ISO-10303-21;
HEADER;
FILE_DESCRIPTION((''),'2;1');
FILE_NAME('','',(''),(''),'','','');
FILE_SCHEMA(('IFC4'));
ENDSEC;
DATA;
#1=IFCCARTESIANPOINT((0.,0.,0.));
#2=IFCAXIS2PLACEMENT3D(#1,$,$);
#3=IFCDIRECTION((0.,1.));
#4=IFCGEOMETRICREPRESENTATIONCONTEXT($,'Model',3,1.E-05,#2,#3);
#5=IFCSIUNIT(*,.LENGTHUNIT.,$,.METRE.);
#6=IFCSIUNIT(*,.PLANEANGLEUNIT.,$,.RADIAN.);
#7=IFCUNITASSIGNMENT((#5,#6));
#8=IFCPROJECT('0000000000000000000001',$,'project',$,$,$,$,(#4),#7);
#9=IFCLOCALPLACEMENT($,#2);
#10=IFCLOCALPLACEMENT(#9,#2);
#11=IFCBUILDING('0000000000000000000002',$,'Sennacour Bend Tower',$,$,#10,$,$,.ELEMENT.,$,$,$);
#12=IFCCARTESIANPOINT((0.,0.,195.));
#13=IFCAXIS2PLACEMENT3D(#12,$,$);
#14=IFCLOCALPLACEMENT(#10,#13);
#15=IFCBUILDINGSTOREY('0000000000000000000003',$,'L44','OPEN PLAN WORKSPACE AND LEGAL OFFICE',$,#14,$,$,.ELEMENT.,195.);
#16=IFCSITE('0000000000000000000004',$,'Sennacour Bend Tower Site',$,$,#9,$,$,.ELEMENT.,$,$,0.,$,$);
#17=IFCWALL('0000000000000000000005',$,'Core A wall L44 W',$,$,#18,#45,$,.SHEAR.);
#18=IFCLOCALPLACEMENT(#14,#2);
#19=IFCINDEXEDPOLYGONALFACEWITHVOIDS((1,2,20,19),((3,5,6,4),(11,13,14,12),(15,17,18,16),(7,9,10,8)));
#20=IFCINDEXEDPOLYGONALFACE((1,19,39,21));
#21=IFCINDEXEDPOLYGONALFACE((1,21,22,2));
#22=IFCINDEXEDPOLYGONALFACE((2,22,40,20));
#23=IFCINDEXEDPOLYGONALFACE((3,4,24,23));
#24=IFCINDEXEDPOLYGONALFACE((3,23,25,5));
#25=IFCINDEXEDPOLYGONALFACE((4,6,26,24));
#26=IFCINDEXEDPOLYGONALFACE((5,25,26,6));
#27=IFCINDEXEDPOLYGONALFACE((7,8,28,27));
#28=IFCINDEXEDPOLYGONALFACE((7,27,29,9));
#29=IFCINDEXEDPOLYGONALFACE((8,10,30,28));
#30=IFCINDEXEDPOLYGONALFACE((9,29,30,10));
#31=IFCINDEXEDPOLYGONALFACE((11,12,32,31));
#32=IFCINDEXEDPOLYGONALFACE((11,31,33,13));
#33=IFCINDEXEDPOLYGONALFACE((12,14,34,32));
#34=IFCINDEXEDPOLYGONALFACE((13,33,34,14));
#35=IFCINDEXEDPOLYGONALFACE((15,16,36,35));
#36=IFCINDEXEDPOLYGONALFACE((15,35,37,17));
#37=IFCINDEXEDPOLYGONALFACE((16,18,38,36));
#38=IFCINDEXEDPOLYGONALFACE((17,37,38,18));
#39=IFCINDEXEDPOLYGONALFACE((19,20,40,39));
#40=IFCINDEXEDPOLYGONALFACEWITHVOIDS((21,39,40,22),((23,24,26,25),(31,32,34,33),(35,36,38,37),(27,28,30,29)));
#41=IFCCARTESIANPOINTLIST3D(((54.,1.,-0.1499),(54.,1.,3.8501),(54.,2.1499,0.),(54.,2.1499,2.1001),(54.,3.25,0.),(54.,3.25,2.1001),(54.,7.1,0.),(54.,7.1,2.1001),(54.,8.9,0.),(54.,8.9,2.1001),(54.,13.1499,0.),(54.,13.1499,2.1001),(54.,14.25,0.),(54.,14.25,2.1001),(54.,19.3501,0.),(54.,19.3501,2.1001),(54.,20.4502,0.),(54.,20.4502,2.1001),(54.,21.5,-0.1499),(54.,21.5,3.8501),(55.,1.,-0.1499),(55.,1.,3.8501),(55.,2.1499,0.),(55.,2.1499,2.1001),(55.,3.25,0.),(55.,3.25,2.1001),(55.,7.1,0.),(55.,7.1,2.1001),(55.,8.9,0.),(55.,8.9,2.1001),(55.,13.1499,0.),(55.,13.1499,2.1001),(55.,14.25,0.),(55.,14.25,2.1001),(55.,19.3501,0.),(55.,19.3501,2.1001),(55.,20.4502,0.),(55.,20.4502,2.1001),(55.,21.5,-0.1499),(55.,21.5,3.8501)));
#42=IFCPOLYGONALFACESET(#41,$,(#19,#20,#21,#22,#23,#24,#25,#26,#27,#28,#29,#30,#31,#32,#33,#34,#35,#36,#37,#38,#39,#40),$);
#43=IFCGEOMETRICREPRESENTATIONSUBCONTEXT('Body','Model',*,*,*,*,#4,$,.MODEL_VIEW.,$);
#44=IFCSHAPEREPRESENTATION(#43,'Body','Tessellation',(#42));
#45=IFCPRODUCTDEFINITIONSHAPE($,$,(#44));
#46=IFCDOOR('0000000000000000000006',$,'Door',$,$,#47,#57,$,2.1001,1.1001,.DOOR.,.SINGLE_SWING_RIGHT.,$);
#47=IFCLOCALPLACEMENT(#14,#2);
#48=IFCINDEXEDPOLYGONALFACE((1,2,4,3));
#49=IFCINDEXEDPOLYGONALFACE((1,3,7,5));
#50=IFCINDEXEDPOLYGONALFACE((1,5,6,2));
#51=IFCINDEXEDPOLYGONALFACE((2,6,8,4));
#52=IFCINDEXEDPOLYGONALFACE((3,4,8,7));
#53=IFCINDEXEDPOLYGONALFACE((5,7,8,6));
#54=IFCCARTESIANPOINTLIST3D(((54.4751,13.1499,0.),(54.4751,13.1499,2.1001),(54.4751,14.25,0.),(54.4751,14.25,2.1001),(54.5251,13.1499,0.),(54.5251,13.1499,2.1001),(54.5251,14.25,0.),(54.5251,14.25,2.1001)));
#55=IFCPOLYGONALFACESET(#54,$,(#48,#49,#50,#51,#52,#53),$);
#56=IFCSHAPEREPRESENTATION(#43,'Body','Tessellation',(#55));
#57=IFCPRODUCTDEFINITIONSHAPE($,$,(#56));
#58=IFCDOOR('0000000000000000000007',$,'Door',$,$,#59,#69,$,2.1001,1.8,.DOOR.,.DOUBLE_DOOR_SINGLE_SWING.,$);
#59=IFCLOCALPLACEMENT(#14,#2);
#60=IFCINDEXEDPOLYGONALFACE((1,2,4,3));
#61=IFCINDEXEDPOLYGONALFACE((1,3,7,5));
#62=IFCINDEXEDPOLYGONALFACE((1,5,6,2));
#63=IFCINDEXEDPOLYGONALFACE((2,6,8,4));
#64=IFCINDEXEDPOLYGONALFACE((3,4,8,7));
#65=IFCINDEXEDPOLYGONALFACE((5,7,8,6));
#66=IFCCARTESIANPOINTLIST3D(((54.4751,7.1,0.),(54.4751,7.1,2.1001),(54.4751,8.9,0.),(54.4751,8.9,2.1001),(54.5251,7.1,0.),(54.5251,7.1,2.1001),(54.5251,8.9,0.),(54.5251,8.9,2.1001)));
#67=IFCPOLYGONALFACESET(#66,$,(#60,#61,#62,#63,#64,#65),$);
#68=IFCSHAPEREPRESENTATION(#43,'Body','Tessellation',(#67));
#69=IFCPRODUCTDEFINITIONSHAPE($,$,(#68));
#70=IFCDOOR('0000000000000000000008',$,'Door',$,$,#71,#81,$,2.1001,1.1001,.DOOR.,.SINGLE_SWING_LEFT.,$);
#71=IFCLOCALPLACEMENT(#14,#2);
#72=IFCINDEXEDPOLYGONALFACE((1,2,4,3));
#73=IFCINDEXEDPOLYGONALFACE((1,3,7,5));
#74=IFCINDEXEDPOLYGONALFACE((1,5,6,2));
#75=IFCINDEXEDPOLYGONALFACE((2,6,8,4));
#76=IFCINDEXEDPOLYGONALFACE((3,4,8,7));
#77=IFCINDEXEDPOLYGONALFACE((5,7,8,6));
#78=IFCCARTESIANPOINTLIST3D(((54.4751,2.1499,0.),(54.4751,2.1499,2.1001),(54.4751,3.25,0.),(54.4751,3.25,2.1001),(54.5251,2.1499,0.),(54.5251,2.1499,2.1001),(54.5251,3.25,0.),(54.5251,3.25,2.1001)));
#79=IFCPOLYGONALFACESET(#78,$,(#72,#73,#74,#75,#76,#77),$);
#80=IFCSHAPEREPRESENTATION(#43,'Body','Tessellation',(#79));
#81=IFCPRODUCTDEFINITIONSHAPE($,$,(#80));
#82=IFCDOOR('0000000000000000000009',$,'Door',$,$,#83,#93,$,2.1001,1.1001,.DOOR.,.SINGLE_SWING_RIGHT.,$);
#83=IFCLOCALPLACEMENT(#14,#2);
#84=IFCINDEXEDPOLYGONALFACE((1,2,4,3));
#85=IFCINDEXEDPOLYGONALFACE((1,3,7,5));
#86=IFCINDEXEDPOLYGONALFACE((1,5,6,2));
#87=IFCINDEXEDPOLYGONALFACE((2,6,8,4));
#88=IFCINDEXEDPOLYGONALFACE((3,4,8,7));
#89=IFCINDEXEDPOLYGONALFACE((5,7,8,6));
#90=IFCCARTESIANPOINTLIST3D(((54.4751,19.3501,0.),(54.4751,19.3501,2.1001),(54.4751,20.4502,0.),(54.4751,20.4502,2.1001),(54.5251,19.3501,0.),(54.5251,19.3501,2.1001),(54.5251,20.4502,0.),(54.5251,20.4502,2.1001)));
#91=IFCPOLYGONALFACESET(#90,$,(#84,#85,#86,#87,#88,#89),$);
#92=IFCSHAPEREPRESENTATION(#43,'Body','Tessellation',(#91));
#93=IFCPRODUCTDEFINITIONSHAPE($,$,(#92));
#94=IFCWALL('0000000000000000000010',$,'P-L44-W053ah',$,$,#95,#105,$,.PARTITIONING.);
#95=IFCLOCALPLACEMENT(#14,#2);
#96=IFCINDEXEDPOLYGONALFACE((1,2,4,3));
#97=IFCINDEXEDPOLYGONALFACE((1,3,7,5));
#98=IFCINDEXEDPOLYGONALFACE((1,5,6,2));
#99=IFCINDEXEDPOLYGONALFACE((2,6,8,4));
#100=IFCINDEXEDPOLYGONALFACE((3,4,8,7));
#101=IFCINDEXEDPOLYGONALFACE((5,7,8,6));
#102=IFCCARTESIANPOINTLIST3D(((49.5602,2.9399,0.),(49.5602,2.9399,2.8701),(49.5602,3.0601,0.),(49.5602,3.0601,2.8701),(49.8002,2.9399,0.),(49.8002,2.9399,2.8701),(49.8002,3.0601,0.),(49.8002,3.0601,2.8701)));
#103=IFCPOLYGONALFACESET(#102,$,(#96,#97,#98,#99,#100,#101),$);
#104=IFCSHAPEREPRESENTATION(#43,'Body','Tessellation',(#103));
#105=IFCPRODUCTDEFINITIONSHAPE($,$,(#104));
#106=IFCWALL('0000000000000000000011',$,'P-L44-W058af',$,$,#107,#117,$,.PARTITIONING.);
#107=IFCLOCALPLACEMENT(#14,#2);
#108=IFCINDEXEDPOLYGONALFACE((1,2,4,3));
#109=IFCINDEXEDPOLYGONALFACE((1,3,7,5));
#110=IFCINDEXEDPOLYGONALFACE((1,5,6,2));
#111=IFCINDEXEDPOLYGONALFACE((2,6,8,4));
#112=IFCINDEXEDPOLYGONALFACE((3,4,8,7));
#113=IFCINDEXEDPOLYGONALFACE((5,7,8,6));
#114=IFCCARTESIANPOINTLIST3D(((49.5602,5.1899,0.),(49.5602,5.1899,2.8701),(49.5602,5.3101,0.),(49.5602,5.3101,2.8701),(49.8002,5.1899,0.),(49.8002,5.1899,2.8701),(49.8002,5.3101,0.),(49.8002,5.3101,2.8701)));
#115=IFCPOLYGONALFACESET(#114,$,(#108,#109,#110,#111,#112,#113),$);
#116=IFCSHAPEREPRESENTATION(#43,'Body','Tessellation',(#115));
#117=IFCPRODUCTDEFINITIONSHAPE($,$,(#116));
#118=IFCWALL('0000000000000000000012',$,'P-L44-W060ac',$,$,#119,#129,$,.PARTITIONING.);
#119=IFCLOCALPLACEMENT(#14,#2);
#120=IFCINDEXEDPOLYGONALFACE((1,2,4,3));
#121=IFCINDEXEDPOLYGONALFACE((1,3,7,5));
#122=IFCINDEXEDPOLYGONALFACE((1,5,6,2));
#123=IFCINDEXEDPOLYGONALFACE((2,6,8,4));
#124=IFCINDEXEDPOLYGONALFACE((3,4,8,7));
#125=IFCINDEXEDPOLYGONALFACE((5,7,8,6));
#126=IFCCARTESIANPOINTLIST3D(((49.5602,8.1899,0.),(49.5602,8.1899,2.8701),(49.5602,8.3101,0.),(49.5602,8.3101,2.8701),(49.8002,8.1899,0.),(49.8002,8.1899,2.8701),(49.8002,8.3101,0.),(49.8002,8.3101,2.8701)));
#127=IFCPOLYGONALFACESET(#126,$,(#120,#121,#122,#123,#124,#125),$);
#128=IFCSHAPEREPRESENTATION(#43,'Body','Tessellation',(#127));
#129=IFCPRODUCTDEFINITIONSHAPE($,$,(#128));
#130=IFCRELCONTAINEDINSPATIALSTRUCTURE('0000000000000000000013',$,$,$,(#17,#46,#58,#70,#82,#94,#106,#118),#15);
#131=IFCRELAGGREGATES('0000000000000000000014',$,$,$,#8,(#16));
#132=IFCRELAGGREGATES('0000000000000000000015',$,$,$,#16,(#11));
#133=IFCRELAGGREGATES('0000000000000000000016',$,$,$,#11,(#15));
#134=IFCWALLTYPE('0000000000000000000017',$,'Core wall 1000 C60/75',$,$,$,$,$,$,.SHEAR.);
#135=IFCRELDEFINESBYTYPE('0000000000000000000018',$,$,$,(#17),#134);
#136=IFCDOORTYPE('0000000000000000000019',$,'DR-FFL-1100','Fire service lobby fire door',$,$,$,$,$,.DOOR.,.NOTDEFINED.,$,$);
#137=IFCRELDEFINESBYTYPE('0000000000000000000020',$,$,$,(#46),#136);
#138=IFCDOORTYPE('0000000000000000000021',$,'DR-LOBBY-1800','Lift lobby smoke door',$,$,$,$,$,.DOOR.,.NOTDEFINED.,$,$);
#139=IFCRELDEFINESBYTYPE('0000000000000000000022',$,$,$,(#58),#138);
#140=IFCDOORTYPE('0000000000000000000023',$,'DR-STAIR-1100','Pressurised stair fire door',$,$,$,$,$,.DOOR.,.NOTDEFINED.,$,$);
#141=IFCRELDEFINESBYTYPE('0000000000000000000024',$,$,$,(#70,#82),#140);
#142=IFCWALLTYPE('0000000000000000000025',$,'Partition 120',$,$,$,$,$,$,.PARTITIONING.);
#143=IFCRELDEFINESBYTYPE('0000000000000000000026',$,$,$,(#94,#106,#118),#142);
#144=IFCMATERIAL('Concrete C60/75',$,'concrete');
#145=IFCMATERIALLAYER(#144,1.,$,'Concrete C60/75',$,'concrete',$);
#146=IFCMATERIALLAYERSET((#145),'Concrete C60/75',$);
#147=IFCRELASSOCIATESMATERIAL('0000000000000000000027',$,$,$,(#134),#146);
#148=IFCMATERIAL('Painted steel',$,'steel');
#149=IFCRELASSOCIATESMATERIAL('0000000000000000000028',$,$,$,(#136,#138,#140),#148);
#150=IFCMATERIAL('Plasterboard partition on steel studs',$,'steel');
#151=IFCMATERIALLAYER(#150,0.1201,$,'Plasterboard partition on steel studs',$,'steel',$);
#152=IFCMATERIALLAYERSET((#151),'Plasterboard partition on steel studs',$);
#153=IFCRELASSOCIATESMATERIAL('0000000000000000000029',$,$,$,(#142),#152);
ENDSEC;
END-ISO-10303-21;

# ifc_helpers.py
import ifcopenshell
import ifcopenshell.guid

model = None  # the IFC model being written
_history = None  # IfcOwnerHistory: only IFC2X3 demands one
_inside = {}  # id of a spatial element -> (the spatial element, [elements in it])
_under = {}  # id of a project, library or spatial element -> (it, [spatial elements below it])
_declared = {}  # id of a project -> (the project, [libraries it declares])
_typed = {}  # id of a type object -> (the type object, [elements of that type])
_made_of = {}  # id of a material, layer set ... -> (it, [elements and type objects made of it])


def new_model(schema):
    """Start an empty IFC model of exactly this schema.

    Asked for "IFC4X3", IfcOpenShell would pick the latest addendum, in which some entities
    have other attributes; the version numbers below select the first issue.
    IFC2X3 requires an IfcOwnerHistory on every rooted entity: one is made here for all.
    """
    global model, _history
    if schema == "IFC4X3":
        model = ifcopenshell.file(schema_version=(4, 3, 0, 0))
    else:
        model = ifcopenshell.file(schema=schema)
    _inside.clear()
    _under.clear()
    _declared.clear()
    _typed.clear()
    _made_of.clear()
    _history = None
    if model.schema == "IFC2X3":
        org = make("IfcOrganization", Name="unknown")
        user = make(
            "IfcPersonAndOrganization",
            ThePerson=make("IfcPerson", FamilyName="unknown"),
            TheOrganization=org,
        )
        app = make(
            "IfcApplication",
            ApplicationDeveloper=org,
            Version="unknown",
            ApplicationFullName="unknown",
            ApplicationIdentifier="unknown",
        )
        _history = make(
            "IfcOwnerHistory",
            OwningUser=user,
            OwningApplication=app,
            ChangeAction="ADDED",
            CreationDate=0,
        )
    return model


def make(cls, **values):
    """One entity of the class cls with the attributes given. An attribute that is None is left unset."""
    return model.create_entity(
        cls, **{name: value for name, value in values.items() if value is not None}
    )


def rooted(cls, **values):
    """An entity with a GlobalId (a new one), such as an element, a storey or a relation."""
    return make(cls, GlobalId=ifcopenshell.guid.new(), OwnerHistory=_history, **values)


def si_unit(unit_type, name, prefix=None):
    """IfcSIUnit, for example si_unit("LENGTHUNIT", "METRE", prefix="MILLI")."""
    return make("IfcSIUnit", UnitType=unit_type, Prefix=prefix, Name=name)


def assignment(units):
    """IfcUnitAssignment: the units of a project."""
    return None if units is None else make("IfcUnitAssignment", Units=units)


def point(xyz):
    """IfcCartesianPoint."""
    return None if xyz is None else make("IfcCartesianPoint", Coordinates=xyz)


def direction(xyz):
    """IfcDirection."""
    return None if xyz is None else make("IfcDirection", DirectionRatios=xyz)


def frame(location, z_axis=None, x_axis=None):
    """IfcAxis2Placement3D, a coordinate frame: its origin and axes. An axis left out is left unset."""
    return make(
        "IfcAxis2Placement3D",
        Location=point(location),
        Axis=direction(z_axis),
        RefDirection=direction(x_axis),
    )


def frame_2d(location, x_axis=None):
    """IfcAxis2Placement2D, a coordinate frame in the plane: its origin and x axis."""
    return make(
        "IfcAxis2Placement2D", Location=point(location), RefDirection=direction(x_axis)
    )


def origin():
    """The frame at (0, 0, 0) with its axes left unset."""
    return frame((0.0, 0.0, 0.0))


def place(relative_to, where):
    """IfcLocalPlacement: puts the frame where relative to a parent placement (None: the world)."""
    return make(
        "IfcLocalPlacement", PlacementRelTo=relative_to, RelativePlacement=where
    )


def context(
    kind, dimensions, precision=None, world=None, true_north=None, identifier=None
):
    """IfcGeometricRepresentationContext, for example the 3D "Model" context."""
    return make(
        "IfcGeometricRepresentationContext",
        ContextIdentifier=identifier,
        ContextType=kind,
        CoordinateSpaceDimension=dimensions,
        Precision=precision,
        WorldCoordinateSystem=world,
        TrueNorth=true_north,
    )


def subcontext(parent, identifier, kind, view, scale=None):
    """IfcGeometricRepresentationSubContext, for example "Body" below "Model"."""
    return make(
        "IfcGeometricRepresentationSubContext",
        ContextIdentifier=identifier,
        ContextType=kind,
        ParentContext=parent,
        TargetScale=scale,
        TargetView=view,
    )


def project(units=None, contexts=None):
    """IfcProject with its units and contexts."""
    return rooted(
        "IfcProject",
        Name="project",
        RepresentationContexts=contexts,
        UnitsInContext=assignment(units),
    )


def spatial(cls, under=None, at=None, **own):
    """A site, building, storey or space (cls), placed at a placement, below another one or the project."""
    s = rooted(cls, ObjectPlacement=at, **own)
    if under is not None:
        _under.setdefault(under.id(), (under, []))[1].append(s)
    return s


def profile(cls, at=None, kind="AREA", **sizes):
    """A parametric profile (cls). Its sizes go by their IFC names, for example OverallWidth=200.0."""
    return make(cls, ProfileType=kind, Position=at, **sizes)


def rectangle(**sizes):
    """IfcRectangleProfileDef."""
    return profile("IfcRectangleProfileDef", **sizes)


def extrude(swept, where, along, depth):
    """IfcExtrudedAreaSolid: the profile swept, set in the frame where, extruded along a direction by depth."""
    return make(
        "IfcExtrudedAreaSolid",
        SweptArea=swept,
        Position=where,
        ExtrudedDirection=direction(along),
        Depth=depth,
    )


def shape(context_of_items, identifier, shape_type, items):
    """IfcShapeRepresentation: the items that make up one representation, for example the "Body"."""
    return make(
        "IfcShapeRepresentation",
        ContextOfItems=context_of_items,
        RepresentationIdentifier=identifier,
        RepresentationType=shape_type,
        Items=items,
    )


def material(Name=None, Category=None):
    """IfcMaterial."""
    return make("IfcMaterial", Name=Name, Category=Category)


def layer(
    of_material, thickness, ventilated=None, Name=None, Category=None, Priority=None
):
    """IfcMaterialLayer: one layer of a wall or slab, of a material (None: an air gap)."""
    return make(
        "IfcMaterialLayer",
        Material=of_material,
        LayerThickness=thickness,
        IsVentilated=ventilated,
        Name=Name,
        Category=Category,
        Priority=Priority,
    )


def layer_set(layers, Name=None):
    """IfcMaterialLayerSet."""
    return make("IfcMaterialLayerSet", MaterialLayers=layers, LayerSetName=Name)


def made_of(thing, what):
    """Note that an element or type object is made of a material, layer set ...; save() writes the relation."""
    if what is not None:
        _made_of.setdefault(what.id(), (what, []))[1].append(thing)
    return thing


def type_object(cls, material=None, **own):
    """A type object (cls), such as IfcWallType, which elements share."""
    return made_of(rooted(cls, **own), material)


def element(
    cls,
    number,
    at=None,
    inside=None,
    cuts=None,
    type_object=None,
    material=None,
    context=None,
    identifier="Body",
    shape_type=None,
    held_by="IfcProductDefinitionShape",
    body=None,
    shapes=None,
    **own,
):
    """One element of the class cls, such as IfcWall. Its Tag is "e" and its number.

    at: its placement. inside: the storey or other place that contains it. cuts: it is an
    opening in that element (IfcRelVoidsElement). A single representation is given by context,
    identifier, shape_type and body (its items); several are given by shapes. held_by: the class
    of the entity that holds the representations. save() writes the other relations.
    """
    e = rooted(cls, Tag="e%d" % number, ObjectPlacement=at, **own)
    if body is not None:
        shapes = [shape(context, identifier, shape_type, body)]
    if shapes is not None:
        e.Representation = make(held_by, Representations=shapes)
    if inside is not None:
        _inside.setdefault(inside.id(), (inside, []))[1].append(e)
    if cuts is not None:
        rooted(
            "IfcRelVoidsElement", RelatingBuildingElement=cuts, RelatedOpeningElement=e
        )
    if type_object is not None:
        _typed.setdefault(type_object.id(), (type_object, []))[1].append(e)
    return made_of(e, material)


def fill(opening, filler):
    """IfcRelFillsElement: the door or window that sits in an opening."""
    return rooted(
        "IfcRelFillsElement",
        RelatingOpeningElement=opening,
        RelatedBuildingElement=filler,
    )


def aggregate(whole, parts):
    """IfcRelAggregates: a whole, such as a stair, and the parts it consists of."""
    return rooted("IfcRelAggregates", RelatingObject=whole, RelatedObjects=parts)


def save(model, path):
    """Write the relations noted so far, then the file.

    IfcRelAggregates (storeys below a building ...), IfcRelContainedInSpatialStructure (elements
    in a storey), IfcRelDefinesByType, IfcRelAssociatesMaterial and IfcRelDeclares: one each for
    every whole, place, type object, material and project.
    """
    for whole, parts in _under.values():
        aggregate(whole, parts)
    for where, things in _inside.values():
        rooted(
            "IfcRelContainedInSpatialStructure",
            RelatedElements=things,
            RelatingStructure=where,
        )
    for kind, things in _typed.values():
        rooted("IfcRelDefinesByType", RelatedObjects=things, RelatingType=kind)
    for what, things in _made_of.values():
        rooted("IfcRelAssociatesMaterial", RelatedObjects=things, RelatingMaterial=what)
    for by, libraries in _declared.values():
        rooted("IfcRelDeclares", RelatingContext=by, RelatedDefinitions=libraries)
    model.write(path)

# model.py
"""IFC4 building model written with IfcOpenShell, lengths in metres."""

from ifc_helpers import new_model, si_unit, direction, frame, frame_2d, origin, place, context, subcontext, project, spatial, rectangle, extrude, material, layer, layer_set, type_object, element, fill, save


model = new_model("IFC4")

# Units and contexts
model_context = context("Model", 3, precision=1e-05, world=origin(), true_north=direction((0.0, 1.0)))
body_context = subcontext(model_context, "Body", "Model", "MODEL_VIEW")
ifc_project = project(units=[si_unit("LENGTHUNIT", "METRE"), si_unit("PLANEANGLEUNIT", "RADIAN")], contexts=[model_context])

# Site, building, storey
site_placement = place(None, origin())
site = spatial("IfcSite", under=ifc_project, at=site_placement, Name="Sennacour Bend Tower Site", CompositionType="ELEMENT", RefElevation=0.0)
building_placement = place(site_placement, origin())
building = spatial("IfcBuilding", under=site, at=building_placement, Name="Sennacour Bend Tower", CompositionType="ELEMENT")
storey_placement = place(building_placement, frame((0.0, 0.0, 195.0)))
storey = spatial("IfcBuildingStorey", under=building, at=storey_placement, Name="L44", Description="OPEN PLAN WORKSPACE AND LEGAL OFFICE", CompositionType="ELEMENT", Elevation=195.0)

# Wall, openings, doors
ifc_material_1 = material(Name="Concrete C60/75", Category="concrete")
ifc_layer_1 = layer(ifc_material_1, 1.0, Name="Concrete C60/75", Category="concrete")
ifc_layer_set_1 = layer_set([ifc_layer_1], Name="Concrete C60/75")
wall_type_1 = type_object("IfcWallType", Name="Core wall 1000 C60/75", PredefinedType="SHEAR", material=ifc_layer_set_1)
wall_1_placement = place(storey_placement, frame((54.5, 1.0, -0.1499), z_axis=(0.0, 0.0, 1.0), x_axis=(0.0, 1.0, 0.0)))
wall_1 = element("IfcWall", 1, at=wall_1_placement, inside=storey, type_object=wall_type_1, Name="Core A wall L44 W", PredefinedType="SHEAR", context=body_context, shape_type="SweptSolid", body=[
    extrude(rectangle(XDim=20.5, YDim=1.0, at=frame_2d((10.25, 0.0))), origin(), (0.0, 0.0, 1.0), 4.0),
])
opening_1_placement = place(wall_1_placement, frame((6.1001, 0.0, 0.1499)))
opening_1 = element("IfcOpeningElement", 2, at=opening_1_placement, cuts=wall_1, PredefinedType="OPENING", context=body_context, shape_type="SweptSolid", body=[
    extrude(rectangle(XDim=1.8, YDim=2.1001, at=frame_2d((0.8999, 1.05))), frame((0.0, 0.51, 0.0), z_axis=(0.0, -1.0, 0.0), x_axis=(1.0, 0.0, 0.0)), (0.0, 0.0, 1.0), 1.02),
])
opening_2_placement = place(wall_1_placement, frame((12.1499, 0.0, 0.1499)))
opening_2 = element("IfcOpeningElement", 3, at=opening_2_placement, cuts=wall_1, PredefinedType="OPENING", context=body_context, shape_type="SweptSolid", body=[
    extrude(rectangle(XDim=1.1001, YDim=2.1001, at=frame_2d((0.55, 1.05))), frame((0.0, 0.51, 0.0), z_axis=(0.0, -1.0, 0.0), x_axis=(1.0, 0.0, 0.0)), (0.0, 0.0, 1.0), 1.02),
])
opening_3_placement = place(wall_1_placement, frame((1.1499, 0.0, 0.1499)))
opening_3 = element("IfcOpeningElement", 4, at=opening_3_placement, cuts=wall_1, PredefinedType="OPENING", context=body_context, shape_type="SweptSolid", body=[
    extrude(rectangle(XDim=1.1001, YDim=2.1001, at=frame_2d((0.55, 1.05))), frame((0.0, 0.51, 0.0), z_axis=(0.0, -1.0, 0.0), x_axis=(1.0, 0.0, 0.0)), (0.0, 0.0, 1.0), 1.02),
])
opening_4_placement = place(wall_1_placement, frame((18.3501, 0.0, 0.1499)))
opening_4 = element("IfcOpeningElement", 5, at=opening_4_placement, cuts=wall_1, PredefinedType="OPENING", context=body_context, shape_type="SweptSolid", body=[
    extrude(rectangle(XDim=1.1001, YDim=2.1001, at=frame_2d((0.55, 1.05))), frame((0.0, 0.51, 0.0), z_axis=(0.0, -1.0, 0.0), x_axis=(1.0, 0.0, 0.0)), (0.0, 0.0, 1.0), 1.02),
])
ifc_material_2 = material(Name="Painted steel", Category="steel")
door_type_1 = type_object("IfcDoorType", Name="DR-FFL-1100", Description="Fire service lobby fire door", OperationType="NOTDEFINED", PredefinedType="DOOR", material=ifc_material_2)
door_1_placement = place(opening_2_placement, origin())
door_1 = element("IfcDoor", 6, at=door_1_placement, inside=storey, type_object=door_type_1, Name="Door", OperationType="SINGLE_SWING_RIGHT", OverallHeight=2.1001, OverallWidth=1.1001, PredefinedType="DOOR", context=body_context, shape_type="SweptSolid", body=[
    extrude(rectangle(XDim=1.1001, YDim=2.1001, at=frame_2d((0.55, 1.05))), frame((0.0, 0.0249, 0.0), z_axis=(0.0, -1.0, 0.0), x_axis=(1.0, 0.0, 0.0)), (0.0, 0.0, 1.0), 0.05),
])
fill(opening_2, door_1)
door_type_2 = type_object("IfcDoorType", Name="DR-LOBBY-1800", Description="Lift lobby smoke door", OperationType="NOTDEFINED", PredefinedType="DOOR", material=ifc_material_2)
door_2_placement = place(opening_1_placement, origin())
door_2 = element("IfcDoor", 7, at=door_2_placement, inside=storey, type_object=door_type_2, Name="Door", OperationType="DOUBLE_DOOR_SINGLE_SWING", OverallHeight=2.1001, OverallWidth=1.8, PredefinedType="DOOR", context=body_context, shape_type="SweptSolid", body=[
    extrude(rectangle(XDim=1.8, YDim=2.1001, at=frame_2d((0.8999, 1.05))), frame((0.0, 0.0249, 0.0), z_axis=(0.0, -1.0, 0.0), x_axis=(1.0, 0.0, 0.0)), (0.0, 0.0, 1.0), 0.05),
])
fill(opening_1, door_2)
door_type_3 = type_object("IfcDoorType", Name="DR-STAIR-1100", Description="Pressurised stair fire door", OperationType="NOTDEFINED", PredefinedType="DOOR", material=ifc_material_2)
door_3_placement = place(opening_3_placement, origin())
door_3 = element("IfcDoor", 8, at=door_3_placement, inside=storey, type_object=door_type_3, Name="Door", OperationType="SINGLE_SWING_LEFT", OverallHeight=2.1001, OverallWidth=1.1001, PredefinedType="DOOR", context=body_context, shape_type="SweptSolid", body=[
    extrude(rectangle(XDim=1.1001, YDim=2.1001, at=frame_2d((0.55, 1.05))), frame((0.0, 0.0249, 0.0), z_axis=(0.0, -1.0, 0.0), x_axis=(1.0, 0.0, 0.0)), (0.0, 0.0, 1.0), 0.05),
])
fill(opening_3, door_3)
door_4_placement = place(opening_4_placement, origin())
door_4 = element("IfcDoor", 9, at=door_4_placement, inside=storey, type_object=door_type_3, Name="Door", OperationType="SINGLE_SWING_RIGHT", OverallHeight=2.1001, OverallWidth=1.1001, PredefinedType="DOOR", context=body_context, shape_type="SweptSolid", body=[
    extrude(rectangle(XDim=1.1001, YDim=2.1001, at=frame_2d((0.55, 1.05))), frame((0.0, 0.0249, 0.0), z_axis=(0.0, -1.0, 0.0), x_axis=(1.0, 0.0, 0.0)), (0.0, 0.0, 1.0), 0.05),
])
fill(opening_4, door_4)

# Walls
ifc_material_3 = material(Name="Plasterboard partition on steel studs", Category="steel")
ifc_layer_2 = layer(ifc_material_3, 0.1201, Name="Plasterboard partition on steel studs", Category="steel")
ifc_layer_set_2 = layer_set([ifc_layer_2], Name="Plasterboard partition on steel studs")
wall_type_2 = type_object("IfcWallType", Name="Partition 120", PredefinedType="PARTITIONING", material=ifc_layer_set_2)
for number, where, z_axis, x_axis, name in (
    (10, (49.5601, 3.0, 0.0), (0.0, 0.0, 1.0), (1.0, 0.0, 0.0), "P-L44-W053ah"),
    (11, (49.5601, 5.25, 0.0), (0.0, 0.0, 1.0), (1.0, 0.0, 0.0), "P-L44-W058af"),
    (12, (49.5601, 8.25, 0.0), (0.0, 0.0, 1.0), (1.0, 0.0, 0.0), "P-L44-W060ac"),
):
    element("IfcWall", number, at=place(storey_placement, frame(where, z_axis=z_axis, x_axis=x_axis)), inside=storey, type_object=wall_type_2, Name=name, PredefinedType="PARTITIONING", context=body_context, shape_type="SweptSolid", body=[
        extrude(rectangle(XDim=0.24, YDim=0.1201, at=frame_2d((0.1201, 0.0))), origin(), (0.0, 0.0, 1.0), 2.8701),
    ])

save(model, "model.ifc")
